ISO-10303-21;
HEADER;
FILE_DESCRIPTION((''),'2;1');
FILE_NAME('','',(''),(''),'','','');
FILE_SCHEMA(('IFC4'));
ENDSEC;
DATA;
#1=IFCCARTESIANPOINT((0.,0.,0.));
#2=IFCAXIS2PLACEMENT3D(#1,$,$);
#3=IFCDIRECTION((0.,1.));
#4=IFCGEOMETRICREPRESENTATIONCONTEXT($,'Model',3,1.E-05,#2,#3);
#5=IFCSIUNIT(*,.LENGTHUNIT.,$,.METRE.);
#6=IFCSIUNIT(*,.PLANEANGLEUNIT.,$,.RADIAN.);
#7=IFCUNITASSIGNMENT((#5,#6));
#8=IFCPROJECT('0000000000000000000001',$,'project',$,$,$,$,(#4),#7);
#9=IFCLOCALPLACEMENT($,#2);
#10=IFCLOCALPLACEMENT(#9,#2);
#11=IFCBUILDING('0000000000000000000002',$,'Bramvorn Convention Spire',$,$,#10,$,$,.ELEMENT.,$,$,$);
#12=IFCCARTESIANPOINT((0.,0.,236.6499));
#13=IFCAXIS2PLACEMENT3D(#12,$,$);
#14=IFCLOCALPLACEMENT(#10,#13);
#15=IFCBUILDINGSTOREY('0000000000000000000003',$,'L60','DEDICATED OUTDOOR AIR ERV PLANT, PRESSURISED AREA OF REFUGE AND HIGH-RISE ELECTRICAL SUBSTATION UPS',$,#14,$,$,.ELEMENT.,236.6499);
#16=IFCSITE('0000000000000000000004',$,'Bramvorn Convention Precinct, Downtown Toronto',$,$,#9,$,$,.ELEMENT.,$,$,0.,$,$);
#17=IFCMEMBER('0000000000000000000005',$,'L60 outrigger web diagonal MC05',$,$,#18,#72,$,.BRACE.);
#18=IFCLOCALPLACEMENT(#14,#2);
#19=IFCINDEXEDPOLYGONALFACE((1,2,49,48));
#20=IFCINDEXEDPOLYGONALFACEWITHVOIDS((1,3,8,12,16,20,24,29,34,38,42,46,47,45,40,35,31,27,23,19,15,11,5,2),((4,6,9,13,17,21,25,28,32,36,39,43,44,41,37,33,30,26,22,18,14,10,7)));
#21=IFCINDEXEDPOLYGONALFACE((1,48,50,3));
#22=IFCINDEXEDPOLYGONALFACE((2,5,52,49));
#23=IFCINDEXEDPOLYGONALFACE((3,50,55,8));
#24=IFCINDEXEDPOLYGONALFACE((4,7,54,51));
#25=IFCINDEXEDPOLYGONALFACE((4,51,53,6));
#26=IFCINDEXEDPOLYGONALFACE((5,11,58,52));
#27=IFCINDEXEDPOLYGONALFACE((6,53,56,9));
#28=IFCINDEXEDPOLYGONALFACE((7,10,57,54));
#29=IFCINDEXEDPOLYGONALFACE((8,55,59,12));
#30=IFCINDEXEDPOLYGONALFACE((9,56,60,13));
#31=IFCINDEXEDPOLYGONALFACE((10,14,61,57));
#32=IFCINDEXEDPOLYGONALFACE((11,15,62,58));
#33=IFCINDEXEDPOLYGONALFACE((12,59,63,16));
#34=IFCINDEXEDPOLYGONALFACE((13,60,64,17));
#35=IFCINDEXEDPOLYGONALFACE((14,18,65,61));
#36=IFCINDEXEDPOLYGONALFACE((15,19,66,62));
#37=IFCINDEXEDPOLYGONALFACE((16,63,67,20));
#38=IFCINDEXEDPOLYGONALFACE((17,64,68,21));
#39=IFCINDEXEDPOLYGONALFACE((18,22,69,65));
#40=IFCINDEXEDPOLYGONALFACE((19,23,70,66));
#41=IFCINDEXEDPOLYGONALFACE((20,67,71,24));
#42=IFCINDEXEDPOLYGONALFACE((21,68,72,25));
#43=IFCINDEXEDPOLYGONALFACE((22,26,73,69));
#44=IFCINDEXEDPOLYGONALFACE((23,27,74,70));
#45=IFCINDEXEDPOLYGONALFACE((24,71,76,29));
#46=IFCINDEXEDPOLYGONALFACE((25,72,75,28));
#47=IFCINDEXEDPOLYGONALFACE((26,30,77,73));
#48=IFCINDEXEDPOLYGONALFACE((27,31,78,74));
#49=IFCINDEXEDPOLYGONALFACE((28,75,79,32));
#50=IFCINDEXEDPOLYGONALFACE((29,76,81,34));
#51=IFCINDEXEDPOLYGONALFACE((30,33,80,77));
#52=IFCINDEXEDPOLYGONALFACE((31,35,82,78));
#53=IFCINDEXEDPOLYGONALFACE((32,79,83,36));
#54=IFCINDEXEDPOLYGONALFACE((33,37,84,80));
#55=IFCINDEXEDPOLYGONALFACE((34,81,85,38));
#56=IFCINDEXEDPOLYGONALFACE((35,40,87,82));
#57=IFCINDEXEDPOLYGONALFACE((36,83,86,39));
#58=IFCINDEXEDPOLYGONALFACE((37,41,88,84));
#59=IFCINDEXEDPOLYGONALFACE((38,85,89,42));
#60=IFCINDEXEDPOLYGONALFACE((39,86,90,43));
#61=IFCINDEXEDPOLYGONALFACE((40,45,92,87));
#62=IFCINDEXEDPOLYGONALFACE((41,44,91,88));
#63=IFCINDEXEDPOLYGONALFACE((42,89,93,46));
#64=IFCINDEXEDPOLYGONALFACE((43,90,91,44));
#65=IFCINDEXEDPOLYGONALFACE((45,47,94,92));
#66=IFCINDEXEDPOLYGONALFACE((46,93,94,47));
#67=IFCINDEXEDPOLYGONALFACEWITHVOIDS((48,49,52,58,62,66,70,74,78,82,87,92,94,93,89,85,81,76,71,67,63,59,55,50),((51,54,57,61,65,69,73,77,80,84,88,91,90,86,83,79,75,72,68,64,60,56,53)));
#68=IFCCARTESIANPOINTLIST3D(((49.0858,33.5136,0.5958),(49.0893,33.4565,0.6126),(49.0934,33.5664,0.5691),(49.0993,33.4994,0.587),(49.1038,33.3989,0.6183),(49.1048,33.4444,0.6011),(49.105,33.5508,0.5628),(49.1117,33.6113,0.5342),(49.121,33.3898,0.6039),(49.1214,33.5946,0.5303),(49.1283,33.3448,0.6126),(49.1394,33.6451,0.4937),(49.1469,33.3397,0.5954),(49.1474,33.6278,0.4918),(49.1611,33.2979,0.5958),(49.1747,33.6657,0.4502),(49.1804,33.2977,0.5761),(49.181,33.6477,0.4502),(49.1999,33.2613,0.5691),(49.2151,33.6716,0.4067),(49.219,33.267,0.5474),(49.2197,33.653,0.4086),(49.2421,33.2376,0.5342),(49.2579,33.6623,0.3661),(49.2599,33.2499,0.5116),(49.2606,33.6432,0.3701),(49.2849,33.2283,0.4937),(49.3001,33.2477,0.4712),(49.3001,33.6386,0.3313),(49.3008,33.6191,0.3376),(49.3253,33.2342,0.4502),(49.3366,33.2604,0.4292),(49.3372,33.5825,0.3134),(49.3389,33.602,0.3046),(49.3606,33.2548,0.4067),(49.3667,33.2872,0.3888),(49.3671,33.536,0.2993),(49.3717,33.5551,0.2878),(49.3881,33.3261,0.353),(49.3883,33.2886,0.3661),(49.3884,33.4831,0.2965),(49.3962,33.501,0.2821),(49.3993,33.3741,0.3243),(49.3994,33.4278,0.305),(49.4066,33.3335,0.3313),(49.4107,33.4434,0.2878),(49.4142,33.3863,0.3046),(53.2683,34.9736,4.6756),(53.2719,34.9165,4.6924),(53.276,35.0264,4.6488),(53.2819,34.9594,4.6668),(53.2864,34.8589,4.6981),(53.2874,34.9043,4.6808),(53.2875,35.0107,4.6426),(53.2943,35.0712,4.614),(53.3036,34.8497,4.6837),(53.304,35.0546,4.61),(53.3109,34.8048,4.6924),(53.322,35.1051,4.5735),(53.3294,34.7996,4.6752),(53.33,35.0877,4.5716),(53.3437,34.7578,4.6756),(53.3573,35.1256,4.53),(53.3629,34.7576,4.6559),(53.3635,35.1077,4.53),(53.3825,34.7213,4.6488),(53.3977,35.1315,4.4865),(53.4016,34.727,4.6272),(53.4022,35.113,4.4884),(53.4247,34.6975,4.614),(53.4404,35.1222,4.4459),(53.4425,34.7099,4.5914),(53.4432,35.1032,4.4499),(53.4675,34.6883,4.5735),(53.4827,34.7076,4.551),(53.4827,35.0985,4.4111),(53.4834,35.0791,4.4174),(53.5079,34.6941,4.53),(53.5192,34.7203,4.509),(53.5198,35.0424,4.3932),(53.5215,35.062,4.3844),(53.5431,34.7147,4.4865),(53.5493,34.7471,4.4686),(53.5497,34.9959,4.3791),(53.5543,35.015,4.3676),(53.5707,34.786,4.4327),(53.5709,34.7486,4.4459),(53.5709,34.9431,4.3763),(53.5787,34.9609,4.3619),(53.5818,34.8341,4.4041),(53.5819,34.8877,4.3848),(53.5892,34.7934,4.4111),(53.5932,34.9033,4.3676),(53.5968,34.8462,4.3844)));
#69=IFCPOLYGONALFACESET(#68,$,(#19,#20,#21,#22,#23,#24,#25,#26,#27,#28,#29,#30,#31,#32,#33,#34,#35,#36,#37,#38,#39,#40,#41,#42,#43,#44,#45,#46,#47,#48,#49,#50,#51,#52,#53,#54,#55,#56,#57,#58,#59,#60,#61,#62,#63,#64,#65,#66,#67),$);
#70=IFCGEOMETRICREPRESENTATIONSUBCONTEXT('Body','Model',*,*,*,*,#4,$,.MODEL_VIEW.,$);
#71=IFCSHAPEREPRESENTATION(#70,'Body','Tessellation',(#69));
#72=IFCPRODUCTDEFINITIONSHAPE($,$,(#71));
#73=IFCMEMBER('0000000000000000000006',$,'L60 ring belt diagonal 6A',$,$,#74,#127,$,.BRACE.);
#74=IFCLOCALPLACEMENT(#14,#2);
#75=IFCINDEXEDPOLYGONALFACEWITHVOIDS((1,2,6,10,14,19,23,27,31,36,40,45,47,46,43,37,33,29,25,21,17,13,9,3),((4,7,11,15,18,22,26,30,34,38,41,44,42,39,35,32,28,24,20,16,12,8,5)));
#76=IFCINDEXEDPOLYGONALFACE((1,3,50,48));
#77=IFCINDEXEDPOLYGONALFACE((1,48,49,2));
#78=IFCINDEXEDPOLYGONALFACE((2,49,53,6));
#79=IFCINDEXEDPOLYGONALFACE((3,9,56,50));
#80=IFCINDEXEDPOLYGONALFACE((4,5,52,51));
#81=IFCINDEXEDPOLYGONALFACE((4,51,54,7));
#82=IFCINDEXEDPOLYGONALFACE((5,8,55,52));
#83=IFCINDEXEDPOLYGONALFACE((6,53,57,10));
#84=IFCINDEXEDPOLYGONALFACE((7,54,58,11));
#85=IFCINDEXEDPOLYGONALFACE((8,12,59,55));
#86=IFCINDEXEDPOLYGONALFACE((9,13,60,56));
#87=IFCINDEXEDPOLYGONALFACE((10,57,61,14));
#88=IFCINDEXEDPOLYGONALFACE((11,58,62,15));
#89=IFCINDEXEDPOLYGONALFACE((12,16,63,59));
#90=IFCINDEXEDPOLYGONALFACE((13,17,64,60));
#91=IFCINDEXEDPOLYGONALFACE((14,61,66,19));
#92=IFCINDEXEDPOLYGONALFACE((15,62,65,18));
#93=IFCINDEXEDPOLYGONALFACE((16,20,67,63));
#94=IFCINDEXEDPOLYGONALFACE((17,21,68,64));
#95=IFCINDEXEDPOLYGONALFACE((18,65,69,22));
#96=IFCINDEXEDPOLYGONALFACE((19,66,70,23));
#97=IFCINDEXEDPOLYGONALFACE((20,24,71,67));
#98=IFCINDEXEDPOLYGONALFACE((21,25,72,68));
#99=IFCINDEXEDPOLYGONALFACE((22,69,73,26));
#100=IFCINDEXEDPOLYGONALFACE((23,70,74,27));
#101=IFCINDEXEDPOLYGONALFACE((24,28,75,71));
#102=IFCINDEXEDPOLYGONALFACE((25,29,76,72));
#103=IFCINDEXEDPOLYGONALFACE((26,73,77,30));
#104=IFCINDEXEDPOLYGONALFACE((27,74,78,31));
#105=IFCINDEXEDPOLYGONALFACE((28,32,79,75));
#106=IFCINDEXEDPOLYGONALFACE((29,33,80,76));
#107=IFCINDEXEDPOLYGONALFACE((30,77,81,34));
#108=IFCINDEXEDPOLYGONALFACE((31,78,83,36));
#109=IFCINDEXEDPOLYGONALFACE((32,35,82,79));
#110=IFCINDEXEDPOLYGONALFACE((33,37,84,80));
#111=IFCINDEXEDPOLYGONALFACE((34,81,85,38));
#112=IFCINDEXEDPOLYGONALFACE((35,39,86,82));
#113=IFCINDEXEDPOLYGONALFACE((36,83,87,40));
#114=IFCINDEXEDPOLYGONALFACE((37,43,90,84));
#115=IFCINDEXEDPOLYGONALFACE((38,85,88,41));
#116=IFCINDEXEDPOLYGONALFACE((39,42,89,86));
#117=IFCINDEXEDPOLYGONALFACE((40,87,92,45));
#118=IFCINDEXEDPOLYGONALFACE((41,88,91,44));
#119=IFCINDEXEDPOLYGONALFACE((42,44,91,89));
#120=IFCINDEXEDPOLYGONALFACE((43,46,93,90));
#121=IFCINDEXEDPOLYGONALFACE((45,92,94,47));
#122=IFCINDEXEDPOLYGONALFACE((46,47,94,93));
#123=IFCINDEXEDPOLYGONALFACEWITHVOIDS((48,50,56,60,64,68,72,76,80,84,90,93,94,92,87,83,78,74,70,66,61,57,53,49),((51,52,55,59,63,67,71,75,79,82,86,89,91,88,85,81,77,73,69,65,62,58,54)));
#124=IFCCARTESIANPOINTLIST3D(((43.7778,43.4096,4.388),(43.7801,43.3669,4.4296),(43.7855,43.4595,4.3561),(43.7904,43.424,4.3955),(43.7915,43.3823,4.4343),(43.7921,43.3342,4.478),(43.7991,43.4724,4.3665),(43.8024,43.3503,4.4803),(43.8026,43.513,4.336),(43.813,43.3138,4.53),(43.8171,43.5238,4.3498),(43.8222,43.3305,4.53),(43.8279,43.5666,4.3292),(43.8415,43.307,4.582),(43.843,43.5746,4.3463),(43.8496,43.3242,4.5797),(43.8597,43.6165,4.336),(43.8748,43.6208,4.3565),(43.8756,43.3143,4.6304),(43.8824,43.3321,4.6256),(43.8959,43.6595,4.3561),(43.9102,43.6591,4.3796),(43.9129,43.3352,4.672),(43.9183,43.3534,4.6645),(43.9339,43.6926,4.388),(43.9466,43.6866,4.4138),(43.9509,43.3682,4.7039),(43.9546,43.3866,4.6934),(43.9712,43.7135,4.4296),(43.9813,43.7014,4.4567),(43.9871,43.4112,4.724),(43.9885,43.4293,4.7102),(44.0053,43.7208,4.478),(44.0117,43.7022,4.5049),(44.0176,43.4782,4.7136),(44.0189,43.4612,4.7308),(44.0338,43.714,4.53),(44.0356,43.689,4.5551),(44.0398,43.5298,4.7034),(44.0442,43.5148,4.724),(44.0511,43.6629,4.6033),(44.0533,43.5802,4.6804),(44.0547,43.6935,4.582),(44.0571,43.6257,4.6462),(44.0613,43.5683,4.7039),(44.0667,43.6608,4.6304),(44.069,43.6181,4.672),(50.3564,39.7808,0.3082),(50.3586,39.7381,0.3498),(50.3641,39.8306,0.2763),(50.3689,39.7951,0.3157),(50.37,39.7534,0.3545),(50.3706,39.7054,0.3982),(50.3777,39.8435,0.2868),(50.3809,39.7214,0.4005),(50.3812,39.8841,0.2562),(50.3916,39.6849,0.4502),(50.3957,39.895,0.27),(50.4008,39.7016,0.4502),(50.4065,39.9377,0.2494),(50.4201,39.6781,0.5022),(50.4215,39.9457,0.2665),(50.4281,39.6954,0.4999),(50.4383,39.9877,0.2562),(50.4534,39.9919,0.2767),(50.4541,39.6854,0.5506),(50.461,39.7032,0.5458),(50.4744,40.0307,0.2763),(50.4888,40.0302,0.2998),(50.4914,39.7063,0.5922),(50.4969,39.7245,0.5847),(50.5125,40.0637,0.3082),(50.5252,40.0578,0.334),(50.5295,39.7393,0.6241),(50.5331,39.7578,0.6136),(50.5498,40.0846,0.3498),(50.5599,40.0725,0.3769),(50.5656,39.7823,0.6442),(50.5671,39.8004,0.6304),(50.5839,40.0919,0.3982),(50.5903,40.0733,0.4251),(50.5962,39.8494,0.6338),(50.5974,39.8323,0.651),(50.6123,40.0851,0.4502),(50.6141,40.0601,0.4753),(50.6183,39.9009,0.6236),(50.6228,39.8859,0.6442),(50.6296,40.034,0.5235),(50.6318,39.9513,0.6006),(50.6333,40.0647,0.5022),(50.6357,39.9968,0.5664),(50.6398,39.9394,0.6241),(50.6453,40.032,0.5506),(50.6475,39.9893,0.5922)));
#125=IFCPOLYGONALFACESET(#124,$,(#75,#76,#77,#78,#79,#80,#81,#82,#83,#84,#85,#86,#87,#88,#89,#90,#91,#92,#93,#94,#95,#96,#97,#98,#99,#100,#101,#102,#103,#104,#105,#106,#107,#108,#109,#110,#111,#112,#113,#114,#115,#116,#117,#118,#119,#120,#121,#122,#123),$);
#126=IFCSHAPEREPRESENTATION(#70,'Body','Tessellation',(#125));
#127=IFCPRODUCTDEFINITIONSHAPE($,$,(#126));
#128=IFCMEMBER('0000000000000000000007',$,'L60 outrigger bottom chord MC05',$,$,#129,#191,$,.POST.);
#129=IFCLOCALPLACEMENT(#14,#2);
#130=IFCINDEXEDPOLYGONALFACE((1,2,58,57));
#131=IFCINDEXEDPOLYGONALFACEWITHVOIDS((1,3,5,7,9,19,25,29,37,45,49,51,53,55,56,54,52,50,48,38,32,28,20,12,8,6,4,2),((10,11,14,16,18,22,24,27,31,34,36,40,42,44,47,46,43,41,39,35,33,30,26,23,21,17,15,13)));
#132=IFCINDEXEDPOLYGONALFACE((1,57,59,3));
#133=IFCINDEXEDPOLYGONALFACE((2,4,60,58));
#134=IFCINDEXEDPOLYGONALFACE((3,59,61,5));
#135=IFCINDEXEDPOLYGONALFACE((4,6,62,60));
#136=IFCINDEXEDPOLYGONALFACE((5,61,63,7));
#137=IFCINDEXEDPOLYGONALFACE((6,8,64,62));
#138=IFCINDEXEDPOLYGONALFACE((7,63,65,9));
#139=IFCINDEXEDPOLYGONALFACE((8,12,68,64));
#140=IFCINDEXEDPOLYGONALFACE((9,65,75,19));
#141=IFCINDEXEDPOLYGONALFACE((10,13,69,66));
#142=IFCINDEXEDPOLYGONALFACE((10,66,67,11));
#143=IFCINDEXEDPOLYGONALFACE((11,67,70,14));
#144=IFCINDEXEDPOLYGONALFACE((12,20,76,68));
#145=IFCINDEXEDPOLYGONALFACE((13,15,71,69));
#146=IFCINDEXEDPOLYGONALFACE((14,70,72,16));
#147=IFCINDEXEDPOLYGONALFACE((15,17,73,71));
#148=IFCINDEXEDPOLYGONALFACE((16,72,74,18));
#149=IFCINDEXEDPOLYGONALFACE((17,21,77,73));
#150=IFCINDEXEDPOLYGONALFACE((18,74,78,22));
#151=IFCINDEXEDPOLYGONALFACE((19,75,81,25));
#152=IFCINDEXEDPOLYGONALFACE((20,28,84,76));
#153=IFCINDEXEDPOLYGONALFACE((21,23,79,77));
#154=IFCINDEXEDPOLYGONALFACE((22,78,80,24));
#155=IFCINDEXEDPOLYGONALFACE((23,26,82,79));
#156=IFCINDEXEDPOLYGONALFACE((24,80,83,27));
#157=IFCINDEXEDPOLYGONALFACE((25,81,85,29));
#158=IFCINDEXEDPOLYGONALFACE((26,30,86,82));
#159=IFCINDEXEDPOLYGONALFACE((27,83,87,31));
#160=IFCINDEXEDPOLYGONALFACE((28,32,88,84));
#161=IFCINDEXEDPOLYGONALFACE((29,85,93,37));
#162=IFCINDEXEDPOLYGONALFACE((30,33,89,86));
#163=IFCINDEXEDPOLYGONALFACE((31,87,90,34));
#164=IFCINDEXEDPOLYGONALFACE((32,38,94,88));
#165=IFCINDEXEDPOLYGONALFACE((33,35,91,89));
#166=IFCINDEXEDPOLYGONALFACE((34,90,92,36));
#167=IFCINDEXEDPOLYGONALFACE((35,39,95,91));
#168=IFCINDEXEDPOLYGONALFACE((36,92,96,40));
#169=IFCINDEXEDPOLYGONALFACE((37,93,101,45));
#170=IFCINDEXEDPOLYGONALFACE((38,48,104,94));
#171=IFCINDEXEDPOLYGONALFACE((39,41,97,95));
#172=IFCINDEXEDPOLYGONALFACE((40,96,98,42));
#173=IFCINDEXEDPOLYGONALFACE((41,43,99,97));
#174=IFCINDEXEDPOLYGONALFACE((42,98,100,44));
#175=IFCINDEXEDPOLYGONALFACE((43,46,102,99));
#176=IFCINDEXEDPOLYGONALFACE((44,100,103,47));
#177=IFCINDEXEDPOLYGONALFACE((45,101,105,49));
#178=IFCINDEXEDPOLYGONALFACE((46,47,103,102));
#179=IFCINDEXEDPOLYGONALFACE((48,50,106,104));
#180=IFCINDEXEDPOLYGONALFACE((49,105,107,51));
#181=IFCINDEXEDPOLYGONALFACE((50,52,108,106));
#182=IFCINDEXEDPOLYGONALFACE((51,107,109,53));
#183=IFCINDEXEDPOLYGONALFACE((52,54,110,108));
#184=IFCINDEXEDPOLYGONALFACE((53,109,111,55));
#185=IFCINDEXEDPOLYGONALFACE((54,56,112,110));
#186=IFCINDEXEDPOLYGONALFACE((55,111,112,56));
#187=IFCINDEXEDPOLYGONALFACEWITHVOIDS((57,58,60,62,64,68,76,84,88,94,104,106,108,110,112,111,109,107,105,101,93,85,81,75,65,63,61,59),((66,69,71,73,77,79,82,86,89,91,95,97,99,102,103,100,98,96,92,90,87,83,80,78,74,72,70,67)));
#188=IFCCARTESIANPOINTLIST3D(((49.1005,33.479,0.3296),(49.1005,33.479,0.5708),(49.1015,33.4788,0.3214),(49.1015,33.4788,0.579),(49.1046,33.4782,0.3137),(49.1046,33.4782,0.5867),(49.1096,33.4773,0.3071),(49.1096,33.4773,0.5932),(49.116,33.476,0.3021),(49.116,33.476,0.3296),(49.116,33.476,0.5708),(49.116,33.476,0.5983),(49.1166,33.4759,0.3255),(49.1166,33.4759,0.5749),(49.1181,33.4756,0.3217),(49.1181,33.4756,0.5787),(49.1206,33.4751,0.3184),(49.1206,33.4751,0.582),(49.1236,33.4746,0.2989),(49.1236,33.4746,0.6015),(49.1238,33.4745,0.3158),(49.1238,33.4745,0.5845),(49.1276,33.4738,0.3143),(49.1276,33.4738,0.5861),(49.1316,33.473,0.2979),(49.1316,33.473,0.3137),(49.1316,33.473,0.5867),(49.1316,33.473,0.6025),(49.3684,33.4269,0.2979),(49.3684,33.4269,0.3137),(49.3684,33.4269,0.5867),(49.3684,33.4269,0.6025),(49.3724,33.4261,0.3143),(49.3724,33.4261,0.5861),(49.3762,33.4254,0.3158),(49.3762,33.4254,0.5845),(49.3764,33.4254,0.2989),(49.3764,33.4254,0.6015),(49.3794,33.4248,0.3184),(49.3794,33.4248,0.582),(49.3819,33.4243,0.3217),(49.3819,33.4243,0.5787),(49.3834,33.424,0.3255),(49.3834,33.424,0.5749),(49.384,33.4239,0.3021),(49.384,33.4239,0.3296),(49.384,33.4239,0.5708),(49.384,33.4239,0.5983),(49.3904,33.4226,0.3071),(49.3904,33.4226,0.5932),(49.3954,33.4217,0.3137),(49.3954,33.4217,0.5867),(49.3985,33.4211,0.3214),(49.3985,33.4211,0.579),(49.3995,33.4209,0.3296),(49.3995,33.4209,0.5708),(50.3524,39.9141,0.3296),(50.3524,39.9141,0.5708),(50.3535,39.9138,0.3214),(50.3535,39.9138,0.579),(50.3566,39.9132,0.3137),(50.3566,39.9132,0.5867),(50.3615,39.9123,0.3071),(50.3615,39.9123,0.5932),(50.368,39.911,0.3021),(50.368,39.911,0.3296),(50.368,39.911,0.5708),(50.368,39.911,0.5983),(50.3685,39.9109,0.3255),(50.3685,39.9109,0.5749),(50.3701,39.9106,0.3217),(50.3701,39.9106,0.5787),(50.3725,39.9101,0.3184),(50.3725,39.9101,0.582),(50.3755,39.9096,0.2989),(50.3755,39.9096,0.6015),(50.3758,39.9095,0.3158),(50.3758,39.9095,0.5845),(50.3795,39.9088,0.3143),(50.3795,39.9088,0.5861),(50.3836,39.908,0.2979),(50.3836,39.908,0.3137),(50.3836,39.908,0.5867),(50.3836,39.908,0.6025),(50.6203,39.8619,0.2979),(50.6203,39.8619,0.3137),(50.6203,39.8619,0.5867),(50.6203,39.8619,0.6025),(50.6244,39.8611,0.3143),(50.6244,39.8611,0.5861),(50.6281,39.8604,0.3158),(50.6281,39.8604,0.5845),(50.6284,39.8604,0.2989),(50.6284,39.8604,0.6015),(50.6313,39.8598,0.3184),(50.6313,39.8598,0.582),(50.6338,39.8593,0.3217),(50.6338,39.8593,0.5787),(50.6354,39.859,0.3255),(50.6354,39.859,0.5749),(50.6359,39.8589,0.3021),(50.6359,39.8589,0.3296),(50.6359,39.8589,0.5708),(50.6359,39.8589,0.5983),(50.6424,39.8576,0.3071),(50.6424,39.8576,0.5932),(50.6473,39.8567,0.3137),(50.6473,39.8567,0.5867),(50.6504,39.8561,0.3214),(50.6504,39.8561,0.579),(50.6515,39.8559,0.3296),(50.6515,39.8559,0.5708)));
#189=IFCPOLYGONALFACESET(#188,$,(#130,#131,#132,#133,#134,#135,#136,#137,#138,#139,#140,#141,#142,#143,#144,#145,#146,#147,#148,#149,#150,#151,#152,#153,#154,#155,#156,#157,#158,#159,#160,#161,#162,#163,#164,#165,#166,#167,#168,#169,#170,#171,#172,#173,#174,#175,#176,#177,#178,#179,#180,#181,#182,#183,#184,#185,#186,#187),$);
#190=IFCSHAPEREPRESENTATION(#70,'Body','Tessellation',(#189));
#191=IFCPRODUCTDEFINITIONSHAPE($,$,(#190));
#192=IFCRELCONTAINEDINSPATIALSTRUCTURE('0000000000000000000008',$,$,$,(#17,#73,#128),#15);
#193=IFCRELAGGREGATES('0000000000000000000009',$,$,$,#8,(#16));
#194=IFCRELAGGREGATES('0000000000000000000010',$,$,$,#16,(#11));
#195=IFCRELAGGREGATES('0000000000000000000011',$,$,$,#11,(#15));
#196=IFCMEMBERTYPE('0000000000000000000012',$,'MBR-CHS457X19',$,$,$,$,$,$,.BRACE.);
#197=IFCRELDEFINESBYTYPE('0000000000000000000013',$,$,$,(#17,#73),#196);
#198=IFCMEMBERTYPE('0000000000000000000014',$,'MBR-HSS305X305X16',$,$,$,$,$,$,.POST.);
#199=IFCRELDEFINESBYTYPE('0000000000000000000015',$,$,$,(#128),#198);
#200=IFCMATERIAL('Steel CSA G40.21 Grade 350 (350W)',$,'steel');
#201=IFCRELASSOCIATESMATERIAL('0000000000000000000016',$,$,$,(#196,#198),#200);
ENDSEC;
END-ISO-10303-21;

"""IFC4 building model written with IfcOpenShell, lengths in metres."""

from ifc_helpers import new_model, si_unit, direction, frame, origin, origin_2d, place, context, subcontext, project, spatial, hollow_rectangle, hollow_circle, extrude, material, material_profile, profile_set, type_object, element, save


model = new_model("IFC4")

# Units and contexts
model_context = context("Model", 3, precision=1e-05, world=origin(), true_north=direction((0.0, 1.0)))
body_context = subcontext(model_context, "Body", "Model", "MODEL_VIEW")
ifc_project = project(units=[si_unit("LENGTHUNIT", "METRE"), si_unit("PLANEANGLEUNIT", "RADIAN")], contexts=[model_context])

# Site, building, storey
site_placement = place(None, origin())
site = spatial("IfcSite", under=ifc_project, at=site_placement, Name="Bramvorn Convention Precinct, Downtown Toronto", CompositionType="ELEMENT", RefElevation=0.0)
building_placement = place(site_placement, origin())
building = spatial("IfcBuilding", under=site, at=building_placement, Name="Bramvorn Convention Spire", CompositionType="ELEMENT")
storey_placement = place(building_placement, frame((0.0, 0.0, 236.6499)))
storey = spatial("IfcBuildingStorey", under=building, at=storey_placement, Name="L60", Description="DEDICATED OUTDOOR AIR ERV PLANT, PRESSURISED AREA OF REFUGE AND HIGH-RISE ELECTRICAL SUBSTATION UPS", CompositionType="ELEMENT", Elevation=236.6499)

# Shared definitions
ifc_material_1 = material(Name="Steel CSA G40.21 Grade 350 (350W)", Category="steel")

# Members
ifc_material_profile_1 = material_profile(ifc_material_1, hollow_circle(Radius=0.2285, WallThickness=0.019, at=origin_2d()))
ifc_profile_set_1 = profile_set([ifc_material_profile_1], Name="Steel CSA G40.21 Grade 350 (350W) - CHS457X19")
member_type_1 = type_object("IfcMemberType", Name="MBR-CHS457X19", PredefinedType="BRACE", material=ifc_profile_set_1)
member_1_placement = place(storey_placement, frame((49.25, 33.45, 0.4502), z_axis=(0.694496, 0.242417, 0.677429), x_axis=(-0.329555, 0.944136, 0.0)))
element("IfcMember", 1, at=member_1_placement, inside=storey, type_object=member_type_1, Name="L60 outrigger web diagonal MC05", PredefinedType="BRACE", context=body_context, shape_type="SweptSolid", body=[
    extrude(hollow_circle(Radius=0.2285, WallThickness=0.019, at=origin_2d()), origin(), (0.0, 0.0, 1.0), 6.0225),
])
member_2_placement = place(storey_placement, frame((50.502, 39.885, 0.4502), z_axis=(-0.769483, 0.424464, 0.477207), x_axis=(-0.483009, -0.875616, 0.0)))
element("IfcMember", 2, at=member_2_placement, inside=storey, type_object=member_type_1, Name="L60 ring belt diagonal 6A", PredefinedType="BRACE", context=body_context, shape_type="SweptSolid", body=[
    extrude(hollow_circle(Radius=0.2285, WallThickness=0.019, at=origin_2d()), origin(), (0.0, 0.0, 1.0), 8.5493),
])
ifc_material_profile_2 = material_profile(ifc_material_1, hollow_rectangle(XDim=0.3047, YDim=0.3047, WallThickness=0.0159, InnerFilletRadius=0.0159, OuterFilletRadius=0.0317, at=origin_2d()))
ifc_profile_set_2 = profile_set([ifc_material_profile_2], Name="Steel CSA G40.21 Grade 350 (350W) - HSS305X305X16")
member_type_2 = type_object("IfcMemberType", Name="MBR-HSS305X305X16", PredefinedType="POST", material=ifc_profile_set_2)
member_3_placement = place(storey_placement, frame((49.25, 33.45, 0.4502), z_axis=(0.190971, 0.981596, 0.0), x_axis=(-0.981596, 0.190971, 0.0)))
element("IfcMember", 3, at=member_3_placement, inside=storey, type_object=member_type_2, Name="L60 outrigger bottom chord MC05", PredefinedType="POST", context=body_context, shape_type="SweptSolid", body=[
    extrude(hollow_rectangle(XDim=0.3047, YDim=0.3047, WallThickness=0.0159, InnerFilletRadius=0.0159, OuterFilletRadius=0.0317, at=origin_2d()), origin(), (0.0, 0.0, 1.0), 6.5557),
])

save(model, "model.ifc")
